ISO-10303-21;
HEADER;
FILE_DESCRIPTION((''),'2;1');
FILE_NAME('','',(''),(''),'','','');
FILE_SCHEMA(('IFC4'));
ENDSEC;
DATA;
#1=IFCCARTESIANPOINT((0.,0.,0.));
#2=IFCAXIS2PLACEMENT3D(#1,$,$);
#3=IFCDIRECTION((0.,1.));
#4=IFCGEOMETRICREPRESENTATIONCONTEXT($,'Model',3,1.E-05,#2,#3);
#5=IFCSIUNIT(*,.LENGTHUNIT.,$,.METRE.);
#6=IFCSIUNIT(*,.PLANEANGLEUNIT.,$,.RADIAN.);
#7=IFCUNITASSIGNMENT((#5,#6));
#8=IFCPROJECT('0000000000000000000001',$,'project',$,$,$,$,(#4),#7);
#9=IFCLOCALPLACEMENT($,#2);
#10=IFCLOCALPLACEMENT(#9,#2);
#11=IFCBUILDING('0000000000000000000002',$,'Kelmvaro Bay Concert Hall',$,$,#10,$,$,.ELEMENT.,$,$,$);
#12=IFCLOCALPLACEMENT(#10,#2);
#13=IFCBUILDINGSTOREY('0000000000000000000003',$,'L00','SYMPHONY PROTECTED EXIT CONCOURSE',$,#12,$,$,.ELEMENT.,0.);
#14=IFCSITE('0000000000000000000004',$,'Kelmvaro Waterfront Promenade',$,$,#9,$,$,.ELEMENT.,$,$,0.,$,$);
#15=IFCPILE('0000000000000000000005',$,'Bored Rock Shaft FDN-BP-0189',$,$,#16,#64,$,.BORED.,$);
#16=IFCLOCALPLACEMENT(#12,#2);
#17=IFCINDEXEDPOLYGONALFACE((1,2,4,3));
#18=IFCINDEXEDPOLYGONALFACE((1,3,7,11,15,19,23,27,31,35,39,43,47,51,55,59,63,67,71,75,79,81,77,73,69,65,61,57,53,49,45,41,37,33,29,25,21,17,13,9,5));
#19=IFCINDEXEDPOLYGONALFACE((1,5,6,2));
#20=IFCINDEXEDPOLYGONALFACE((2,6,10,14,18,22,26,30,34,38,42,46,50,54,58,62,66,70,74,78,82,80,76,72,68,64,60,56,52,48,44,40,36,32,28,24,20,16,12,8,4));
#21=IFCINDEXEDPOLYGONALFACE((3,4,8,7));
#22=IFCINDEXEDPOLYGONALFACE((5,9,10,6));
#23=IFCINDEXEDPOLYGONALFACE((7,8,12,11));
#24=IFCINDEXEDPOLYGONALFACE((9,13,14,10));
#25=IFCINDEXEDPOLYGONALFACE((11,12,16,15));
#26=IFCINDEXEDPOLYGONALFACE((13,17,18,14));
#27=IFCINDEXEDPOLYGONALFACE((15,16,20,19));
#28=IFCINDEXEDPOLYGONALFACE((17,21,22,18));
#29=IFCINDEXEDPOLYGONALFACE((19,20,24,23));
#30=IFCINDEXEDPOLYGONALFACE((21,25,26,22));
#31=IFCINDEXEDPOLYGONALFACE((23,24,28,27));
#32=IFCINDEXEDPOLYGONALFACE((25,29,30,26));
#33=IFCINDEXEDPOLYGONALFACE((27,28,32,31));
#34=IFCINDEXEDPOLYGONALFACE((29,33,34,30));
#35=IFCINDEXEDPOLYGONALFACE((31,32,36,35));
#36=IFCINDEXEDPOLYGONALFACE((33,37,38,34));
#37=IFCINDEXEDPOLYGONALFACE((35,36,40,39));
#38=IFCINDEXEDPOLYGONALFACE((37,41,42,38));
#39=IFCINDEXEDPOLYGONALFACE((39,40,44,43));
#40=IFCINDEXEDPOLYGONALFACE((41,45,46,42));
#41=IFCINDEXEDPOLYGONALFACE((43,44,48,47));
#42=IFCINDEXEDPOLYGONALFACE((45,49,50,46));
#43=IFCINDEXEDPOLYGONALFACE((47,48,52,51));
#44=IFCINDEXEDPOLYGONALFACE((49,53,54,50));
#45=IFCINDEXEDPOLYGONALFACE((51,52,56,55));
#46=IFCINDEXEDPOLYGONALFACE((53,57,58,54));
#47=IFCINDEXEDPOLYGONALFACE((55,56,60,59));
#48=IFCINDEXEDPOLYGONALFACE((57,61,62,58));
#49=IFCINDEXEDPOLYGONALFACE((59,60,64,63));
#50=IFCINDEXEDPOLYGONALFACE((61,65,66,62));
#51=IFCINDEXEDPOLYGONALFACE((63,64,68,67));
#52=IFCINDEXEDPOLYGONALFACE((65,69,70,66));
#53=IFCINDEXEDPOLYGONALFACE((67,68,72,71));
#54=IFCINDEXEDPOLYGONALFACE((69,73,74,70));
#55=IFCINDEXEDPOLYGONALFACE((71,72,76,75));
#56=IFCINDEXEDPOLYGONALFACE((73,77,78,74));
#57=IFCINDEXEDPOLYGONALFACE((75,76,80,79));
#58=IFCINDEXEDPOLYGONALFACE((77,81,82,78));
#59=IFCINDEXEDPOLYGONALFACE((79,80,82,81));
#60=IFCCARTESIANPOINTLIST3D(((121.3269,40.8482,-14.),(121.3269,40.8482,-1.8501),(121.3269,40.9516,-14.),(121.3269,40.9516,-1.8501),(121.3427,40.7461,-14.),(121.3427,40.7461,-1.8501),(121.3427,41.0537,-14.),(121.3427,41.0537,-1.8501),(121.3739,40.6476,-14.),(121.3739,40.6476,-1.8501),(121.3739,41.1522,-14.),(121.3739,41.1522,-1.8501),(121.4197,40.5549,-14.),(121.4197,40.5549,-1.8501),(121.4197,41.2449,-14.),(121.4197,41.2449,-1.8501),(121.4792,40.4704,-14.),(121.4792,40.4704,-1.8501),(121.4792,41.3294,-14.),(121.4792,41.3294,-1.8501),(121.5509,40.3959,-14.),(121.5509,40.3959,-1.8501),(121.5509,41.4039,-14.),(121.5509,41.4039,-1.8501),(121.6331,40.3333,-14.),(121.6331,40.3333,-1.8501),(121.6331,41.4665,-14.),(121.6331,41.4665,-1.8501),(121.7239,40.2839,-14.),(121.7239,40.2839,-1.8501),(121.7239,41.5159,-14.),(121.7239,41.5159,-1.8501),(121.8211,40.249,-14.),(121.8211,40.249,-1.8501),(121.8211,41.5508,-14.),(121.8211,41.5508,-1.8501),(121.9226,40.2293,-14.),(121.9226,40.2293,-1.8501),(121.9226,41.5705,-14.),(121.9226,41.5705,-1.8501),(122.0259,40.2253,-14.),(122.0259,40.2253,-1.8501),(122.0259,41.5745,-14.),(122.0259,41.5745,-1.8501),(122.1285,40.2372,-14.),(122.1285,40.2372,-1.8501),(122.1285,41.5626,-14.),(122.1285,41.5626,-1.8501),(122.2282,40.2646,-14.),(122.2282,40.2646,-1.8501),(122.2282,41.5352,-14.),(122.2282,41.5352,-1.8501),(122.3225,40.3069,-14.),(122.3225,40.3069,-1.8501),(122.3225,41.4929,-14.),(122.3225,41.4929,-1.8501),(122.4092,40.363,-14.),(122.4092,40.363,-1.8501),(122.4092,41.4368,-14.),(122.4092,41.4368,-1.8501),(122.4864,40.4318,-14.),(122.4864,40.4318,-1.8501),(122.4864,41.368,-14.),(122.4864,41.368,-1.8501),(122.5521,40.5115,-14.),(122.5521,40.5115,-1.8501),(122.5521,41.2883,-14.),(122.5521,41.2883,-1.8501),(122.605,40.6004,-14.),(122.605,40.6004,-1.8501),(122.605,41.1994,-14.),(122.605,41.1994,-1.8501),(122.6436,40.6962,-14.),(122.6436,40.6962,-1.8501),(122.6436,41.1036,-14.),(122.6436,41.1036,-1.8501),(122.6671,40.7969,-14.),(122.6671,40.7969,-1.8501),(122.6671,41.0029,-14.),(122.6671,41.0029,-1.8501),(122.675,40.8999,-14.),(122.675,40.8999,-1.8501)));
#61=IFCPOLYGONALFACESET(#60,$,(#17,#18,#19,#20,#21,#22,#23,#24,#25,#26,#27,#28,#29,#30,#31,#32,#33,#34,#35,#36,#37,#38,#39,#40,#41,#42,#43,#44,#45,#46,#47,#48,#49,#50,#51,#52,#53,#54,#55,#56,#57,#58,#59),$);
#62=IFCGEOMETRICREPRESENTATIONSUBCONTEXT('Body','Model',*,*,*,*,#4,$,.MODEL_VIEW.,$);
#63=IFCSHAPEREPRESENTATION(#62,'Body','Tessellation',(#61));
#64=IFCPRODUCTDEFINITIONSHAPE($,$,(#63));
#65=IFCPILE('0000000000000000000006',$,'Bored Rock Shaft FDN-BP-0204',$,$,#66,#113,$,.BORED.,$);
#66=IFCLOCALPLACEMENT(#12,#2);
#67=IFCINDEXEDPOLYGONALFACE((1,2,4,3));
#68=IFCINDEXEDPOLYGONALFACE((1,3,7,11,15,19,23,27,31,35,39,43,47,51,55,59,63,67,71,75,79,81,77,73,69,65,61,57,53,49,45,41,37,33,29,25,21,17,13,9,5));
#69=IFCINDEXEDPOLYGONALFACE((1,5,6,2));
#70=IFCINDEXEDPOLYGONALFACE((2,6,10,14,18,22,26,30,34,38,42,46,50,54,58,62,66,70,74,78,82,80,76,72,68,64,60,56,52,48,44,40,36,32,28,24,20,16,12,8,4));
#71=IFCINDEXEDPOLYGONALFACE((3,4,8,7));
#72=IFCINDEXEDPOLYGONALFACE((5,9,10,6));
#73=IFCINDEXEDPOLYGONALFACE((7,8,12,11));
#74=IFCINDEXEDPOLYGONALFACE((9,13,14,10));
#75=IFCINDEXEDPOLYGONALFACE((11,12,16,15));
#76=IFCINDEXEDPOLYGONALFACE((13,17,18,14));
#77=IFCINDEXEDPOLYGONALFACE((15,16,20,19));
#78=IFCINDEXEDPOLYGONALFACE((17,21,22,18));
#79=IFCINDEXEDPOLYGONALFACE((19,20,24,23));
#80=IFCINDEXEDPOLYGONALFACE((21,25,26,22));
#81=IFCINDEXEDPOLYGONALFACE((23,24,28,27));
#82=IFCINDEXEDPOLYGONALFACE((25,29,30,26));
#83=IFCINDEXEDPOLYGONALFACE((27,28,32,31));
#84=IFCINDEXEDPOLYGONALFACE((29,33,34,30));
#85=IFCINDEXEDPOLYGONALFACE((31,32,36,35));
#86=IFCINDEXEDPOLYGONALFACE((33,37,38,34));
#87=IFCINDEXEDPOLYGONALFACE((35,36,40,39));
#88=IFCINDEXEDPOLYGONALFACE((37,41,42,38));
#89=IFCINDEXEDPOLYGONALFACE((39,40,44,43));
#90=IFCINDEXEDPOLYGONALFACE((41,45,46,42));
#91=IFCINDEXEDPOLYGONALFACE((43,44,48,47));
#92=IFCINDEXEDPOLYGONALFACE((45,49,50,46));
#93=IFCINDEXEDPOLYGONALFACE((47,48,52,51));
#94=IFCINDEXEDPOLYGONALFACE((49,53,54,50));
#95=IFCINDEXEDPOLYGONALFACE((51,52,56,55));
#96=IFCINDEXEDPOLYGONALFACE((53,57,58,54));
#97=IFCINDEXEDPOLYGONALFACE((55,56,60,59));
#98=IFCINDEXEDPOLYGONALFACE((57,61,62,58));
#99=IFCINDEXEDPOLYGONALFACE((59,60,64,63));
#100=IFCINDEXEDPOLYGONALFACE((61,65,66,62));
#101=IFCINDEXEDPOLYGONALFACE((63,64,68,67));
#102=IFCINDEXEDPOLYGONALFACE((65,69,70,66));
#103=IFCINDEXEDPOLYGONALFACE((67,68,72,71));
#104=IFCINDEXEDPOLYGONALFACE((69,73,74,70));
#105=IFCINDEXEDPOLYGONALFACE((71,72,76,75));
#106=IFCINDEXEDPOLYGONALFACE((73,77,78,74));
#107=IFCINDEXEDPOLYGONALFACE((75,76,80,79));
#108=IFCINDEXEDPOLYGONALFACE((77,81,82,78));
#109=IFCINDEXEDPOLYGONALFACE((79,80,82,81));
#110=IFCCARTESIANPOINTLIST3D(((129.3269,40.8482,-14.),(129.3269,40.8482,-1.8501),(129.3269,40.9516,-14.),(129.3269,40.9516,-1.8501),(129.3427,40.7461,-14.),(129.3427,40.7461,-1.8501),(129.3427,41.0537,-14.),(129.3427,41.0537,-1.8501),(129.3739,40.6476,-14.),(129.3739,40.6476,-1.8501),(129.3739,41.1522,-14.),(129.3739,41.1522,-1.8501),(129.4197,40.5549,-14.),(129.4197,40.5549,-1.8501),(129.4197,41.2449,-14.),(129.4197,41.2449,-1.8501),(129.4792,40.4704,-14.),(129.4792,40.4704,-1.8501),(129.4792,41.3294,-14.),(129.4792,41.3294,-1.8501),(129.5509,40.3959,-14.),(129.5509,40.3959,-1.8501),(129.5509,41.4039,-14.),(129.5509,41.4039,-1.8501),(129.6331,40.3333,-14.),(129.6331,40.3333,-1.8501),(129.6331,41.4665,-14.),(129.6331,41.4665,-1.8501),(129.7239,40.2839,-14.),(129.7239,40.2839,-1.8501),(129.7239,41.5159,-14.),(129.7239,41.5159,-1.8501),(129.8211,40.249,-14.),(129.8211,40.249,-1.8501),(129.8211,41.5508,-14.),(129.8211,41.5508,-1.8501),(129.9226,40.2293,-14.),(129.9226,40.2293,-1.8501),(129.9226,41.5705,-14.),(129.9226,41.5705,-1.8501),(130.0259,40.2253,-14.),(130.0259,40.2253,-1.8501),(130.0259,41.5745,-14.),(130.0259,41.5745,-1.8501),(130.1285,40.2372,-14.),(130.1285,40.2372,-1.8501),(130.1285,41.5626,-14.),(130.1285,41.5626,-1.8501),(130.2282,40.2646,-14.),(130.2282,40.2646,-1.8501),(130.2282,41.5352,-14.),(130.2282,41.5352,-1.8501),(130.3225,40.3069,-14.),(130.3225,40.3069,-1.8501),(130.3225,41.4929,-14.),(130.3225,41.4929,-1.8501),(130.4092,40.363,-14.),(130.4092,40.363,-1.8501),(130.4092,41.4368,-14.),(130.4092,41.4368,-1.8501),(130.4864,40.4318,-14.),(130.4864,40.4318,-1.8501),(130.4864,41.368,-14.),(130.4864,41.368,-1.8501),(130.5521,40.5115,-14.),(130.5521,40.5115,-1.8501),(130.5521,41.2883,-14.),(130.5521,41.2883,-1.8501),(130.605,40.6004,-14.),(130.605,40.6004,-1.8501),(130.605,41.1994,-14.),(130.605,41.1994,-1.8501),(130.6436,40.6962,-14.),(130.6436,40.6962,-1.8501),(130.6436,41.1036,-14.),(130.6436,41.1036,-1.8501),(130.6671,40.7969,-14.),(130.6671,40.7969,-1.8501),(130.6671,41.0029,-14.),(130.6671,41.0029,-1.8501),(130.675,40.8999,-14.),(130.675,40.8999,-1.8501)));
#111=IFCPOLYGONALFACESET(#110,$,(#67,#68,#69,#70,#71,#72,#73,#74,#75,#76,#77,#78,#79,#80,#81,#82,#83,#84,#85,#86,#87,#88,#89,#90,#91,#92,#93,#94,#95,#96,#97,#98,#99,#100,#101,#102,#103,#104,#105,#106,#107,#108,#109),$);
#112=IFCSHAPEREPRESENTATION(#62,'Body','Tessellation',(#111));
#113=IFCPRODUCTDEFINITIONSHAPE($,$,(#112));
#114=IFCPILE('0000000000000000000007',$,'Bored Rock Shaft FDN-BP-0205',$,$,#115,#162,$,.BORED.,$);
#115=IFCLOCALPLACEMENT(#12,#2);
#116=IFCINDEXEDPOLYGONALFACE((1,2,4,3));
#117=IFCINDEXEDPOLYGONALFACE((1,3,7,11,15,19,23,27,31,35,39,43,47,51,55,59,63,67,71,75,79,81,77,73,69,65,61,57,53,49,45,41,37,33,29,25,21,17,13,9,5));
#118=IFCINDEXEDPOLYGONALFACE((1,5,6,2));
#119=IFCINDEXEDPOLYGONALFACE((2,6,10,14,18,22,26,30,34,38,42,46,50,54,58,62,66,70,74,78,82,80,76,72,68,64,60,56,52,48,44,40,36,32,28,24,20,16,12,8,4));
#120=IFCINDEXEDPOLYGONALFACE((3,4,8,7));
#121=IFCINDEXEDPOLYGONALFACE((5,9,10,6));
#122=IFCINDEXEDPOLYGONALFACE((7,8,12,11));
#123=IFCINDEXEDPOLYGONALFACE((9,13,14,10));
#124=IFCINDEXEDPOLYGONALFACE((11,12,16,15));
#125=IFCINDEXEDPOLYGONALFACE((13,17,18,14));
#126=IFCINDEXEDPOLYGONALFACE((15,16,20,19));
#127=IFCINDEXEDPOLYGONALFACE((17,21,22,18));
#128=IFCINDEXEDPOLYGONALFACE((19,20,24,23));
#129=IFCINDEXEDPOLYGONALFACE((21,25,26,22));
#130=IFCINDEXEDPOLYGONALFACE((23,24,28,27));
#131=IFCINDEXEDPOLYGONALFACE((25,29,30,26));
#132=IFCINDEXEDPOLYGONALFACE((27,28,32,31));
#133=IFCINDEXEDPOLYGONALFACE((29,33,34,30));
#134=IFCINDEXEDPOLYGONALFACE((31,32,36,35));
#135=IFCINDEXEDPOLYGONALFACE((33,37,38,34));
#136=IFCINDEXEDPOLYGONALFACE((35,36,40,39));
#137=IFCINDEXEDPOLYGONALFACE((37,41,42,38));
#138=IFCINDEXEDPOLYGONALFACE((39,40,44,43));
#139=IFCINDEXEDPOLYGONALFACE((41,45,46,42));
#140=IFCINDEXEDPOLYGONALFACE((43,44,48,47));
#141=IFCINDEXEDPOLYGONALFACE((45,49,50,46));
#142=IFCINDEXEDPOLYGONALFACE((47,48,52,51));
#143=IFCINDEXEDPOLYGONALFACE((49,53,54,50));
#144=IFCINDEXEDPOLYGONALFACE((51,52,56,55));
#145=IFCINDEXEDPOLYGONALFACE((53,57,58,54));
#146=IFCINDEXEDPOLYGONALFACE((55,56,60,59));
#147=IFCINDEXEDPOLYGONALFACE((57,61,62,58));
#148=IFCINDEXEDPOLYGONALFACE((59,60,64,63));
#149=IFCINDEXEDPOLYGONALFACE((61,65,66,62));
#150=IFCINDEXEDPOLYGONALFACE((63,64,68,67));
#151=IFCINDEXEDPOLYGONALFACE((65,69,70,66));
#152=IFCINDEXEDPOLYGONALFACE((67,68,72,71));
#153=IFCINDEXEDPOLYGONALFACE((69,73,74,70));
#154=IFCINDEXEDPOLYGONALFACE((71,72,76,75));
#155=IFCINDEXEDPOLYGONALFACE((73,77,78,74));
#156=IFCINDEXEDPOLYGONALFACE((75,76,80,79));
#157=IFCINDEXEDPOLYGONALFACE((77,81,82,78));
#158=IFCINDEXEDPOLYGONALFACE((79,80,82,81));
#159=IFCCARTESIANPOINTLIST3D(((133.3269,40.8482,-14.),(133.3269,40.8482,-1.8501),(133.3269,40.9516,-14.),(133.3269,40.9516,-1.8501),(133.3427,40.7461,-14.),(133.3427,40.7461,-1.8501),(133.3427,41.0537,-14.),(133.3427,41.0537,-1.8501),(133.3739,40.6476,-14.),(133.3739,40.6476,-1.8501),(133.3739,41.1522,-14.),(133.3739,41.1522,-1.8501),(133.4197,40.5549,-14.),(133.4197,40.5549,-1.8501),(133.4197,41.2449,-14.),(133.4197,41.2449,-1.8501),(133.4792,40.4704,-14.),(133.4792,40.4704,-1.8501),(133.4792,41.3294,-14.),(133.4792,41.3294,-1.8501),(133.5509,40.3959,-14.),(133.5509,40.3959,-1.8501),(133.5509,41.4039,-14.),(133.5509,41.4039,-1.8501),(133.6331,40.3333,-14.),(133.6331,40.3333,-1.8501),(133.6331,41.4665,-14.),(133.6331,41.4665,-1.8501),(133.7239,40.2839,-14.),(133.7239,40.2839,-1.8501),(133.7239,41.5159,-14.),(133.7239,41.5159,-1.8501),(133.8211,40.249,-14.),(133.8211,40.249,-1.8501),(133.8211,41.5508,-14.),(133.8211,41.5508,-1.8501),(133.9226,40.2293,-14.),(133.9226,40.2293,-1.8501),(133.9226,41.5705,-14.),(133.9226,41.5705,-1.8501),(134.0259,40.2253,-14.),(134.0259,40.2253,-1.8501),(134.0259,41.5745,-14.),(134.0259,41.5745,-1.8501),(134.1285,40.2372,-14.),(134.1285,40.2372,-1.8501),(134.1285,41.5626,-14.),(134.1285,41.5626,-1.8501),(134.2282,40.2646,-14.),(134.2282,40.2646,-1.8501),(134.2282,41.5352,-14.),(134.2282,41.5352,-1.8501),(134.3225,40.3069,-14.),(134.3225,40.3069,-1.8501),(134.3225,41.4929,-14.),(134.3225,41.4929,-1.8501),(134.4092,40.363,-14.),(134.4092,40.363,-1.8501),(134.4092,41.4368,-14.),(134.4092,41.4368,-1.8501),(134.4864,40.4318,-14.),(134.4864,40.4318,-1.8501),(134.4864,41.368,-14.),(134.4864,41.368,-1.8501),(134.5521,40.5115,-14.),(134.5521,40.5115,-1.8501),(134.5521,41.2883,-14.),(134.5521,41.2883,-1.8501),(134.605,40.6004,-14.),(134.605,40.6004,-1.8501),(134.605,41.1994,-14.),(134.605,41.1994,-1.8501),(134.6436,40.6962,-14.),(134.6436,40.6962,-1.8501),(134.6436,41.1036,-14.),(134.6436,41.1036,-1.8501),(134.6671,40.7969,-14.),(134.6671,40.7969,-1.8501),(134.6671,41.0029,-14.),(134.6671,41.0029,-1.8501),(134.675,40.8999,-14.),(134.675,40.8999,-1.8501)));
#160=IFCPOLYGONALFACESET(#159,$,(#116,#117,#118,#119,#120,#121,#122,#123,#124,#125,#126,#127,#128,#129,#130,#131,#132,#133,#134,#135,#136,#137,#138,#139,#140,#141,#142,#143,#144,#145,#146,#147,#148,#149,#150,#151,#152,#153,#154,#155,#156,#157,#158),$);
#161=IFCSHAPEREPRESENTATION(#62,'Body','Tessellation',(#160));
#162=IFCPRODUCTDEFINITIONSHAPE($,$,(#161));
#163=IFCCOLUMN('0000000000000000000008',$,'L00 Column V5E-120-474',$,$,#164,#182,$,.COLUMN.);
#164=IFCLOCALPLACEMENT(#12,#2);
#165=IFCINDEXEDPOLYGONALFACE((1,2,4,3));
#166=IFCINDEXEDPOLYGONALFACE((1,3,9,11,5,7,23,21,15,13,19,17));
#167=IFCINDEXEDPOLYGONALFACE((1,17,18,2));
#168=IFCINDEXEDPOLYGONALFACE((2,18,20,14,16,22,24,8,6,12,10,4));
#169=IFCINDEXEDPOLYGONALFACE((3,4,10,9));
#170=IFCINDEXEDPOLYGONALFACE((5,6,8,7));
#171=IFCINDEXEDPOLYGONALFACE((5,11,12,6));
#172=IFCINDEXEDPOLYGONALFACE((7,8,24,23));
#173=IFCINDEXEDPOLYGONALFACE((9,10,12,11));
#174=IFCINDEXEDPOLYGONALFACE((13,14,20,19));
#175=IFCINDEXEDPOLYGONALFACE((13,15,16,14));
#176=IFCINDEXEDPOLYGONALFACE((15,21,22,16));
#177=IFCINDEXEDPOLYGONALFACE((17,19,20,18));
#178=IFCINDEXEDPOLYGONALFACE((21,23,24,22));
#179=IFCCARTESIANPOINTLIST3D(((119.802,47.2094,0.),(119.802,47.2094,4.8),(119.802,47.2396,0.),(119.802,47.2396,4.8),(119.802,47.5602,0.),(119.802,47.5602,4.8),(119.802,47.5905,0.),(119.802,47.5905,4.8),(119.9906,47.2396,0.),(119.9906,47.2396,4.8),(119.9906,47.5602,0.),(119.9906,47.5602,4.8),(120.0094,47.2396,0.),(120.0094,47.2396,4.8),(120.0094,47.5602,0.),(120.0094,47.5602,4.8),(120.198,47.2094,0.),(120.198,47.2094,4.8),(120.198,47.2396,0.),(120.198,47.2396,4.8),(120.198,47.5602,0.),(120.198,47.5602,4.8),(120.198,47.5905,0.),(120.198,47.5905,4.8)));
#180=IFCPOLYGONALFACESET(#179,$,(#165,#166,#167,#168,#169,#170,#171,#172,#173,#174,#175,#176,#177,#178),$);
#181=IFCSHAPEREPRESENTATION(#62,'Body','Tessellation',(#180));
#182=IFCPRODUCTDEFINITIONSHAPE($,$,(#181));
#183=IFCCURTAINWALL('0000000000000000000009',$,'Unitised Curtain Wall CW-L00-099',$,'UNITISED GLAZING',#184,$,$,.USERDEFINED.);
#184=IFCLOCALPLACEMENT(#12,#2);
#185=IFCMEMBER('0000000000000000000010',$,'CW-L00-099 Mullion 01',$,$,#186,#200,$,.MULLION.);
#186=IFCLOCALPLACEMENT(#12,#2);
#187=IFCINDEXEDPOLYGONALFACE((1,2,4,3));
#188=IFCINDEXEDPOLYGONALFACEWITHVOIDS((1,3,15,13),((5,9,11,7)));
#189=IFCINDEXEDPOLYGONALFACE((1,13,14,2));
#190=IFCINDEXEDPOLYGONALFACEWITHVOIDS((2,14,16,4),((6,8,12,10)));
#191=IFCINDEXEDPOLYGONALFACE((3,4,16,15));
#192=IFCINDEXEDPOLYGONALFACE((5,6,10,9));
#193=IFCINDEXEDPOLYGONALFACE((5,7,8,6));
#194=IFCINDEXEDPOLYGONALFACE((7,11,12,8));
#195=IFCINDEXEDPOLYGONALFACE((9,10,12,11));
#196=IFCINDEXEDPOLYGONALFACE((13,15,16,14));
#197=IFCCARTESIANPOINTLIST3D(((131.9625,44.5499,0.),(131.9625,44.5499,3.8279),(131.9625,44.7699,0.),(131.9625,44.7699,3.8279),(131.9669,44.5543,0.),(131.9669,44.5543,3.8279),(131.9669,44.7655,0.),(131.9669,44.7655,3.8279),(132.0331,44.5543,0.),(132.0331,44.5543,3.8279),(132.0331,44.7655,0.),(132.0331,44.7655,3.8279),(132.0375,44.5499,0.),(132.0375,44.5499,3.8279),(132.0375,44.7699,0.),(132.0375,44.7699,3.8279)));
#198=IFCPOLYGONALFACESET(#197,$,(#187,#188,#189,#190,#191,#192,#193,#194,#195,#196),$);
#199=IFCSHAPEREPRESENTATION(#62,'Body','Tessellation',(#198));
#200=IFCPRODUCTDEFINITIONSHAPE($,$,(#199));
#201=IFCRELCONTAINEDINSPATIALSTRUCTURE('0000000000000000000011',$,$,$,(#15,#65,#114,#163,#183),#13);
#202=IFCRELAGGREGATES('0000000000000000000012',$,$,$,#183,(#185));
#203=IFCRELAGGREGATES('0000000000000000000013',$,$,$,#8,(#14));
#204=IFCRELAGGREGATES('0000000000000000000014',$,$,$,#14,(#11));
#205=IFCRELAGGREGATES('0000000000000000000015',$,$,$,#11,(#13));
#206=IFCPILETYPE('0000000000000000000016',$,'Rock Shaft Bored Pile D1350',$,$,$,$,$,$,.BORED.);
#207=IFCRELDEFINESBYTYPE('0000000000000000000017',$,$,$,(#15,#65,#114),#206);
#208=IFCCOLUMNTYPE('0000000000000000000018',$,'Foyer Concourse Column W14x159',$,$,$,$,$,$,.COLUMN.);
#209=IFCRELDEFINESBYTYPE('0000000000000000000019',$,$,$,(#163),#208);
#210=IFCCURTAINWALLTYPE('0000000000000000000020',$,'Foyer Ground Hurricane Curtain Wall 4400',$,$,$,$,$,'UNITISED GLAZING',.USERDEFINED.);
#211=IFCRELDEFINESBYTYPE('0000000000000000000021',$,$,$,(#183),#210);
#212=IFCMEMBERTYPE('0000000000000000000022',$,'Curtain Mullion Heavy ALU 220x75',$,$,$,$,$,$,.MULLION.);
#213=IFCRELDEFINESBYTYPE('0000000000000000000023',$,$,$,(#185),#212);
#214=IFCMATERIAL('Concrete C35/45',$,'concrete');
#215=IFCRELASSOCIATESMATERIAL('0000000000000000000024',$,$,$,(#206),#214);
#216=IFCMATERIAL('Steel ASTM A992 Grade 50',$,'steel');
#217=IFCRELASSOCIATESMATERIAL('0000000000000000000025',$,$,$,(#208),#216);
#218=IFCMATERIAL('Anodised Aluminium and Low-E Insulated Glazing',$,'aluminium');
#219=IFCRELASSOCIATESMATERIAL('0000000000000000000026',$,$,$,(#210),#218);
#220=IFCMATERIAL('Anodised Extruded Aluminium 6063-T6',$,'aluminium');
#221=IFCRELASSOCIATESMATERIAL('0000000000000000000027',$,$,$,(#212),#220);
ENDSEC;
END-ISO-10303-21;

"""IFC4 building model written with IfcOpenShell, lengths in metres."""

from ifc_helpers import new_model, si_unit, direction, frame, origin, origin_2d, place, context, subcontext, project, spatial, hollow_rectangle, circle, i_section, extrude, material, material_profile, profile_set, type_object, element, aggregate, save


model = new_model("IFC4")

# Units and contexts
model_context = context("Model", 3, precision=1e-05, world=origin(), true_north=direction((0.0, 1.0)))
body_context = subcontext(model_context, "Body", "Model", "MODEL_VIEW")
ifc_project = project(units=[si_unit("LENGTHUNIT", "METRE"), si_unit("PLANEANGLEUNIT", "RADIAN")], contexts=[model_context])

# Site, building, storey
site_placement = place(None, origin())
site = spatial("IfcSite", under=ifc_project, at=site_placement, Name="Kelmvaro Waterfront Promenade", CompositionType="ELEMENT", RefElevation=0.0)
building_placement = place(site_placement, origin())
building = spatial("IfcBuilding", under=site, at=building_placement, Name="Kelmvaro Bay Concert Hall", CompositionType="ELEMENT")
storey_placement = place(building_placement, origin())
storey = spatial("IfcBuildingStorey", under=building, at=storey_placement, Name="L00", Description="SYMPHONY PROTECTED EXIT CONCOURSE", CompositionType="ELEMENT", Elevation=0.0)

# Piles
ifc_material_1 = material(Name="Concrete C35/45", Category="concrete")
ifc_material_profile_1 = material_profile(ifc_material_1, circle(Radius=0.675, at=origin_2d()), Name="PILE-BORED-1350")
ifc_profile_set_1 = profile_set([ifc_material_profile_1], Name="Concrete C35/45")
pile_type_1 = type_object("IfcPileType", Name="Rock Shaft Bored Pile D1350", PredefinedType="BORED", material=ifc_profile_set_1)
for number, where, z_axis, x_axis, name in (
    (1, (122.0, 40.8999, -1.8501), (0.0, 0.0, -1.0), (1.0, 0.0, 0.0), "Bored Rock Shaft FDN-BP-0189"),
    (2, (130.0, 40.8999, -1.8501), (0.0, 0.0, -1.0), (1.0, 0.0, 0.0), "Bored Rock Shaft FDN-BP-0204"),
    (3, (134.0, 40.8999, -1.8501), (0.0, 0.0, -1.0), (1.0, 0.0, 0.0), "Bored Rock Shaft FDN-BP-0205"),
):
    element("IfcPile", number, at=place(storey_placement, frame(where, z_axis=z_axis, x_axis=x_axis)), inside=storey, type_object=pile_type_1, Name=name, PredefinedType="BORED", context=body_context, shape_type="SweptSolid", body=[
        extrude(circle(Radius=0.675, at=origin_2d()), origin(), (0.0, 0.0, 1.0), 12.1499),
    ])

# Column
ifc_material_2 = material(Name="Steel ASTM A992 Grade 50", Category="steel")
ifc_material_profile_2 = material_profile(ifc_material_2, i_section(OverallWidth=0.396, OverallDepth=0.3811, WebThickness=0.0188, FlangeThickness=0.0303, at=origin_2d()), Name="W14X159")
ifc_profile_set_2 = profile_set([ifc_material_profile_2], Name="Steel ASTM A992 Grade 50")
column_type = type_object("IfcColumnType", Name="Foyer Concourse Column W14x159", PredefinedType="COLUMN", material=ifc_profile_set_2)
column_placement = place(storey_placement, frame((120.0, 47.3999, 0.0), z_axis=(0.0, 0.0, 1.0), x_axis=(1.0, 0.0, 0.0)))
element("IfcColumn", 4, at=column_placement, inside=storey, type_object=column_type, Name="L00 Column V5E-120-474", PredefinedType="COLUMN", context=body_context, shape_type="SweptSolid", body=[
    extrude(i_section(OverallWidth=0.396, OverallDepth=0.3811, WebThickness=0.0188, FlangeThickness=0.0303, at=origin_2d()), origin(), (0.0, 0.0, 1.0), 4.8),
])

# Curtain wall, member
ifc_material_3 = material(Name="Anodised Aluminium and Low-E Insulated Glazing", Category="aluminium")
curtain_wall_type = type_object("IfcCurtainWallType", Name="Foyer Ground Hurricane Curtain Wall 4400", ElementType="UNITISED GLAZING", PredefinedType="USERDEFINED", material=ifc_material_3)
curtain_wall_placement = place(storey_placement, origin())
curtain_wall = element("IfcCurtainWall", 5, at=curtain_wall_placement, inside=storey, type_object=curtain_wall_type, Name="Unitised Curtain Wall CW-L00-099", ObjectType="UNITISED GLAZING", PredefinedType="USERDEFINED")
ifc_material_4 = material(Name="Anodised Extruded Aluminium 6063-T6", Category="aluminium")
ifc_material_profile_3 = material_profile(ifc_material_4, hollow_rectangle(XDim=0.075, YDim=0.22, WallThickness=0.0044, at=origin_2d()), Name="ALU-MUL-220X75")
ifc_profile_set_3 = profile_set([ifc_material_profile_3], Name="Anodised Extruded Aluminium 6063-T6")
member_type_1 = type_object("IfcMemberType", Name="Curtain Mullion Heavy ALU 220x75", PredefinedType="MULLION", material=ifc_profile_set_3)
member_1_placement = place(storey_placement, frame((132.0, 44.6599, 0.0), z_axis=(0.0, 0.0, 1.0), x_axis=(1.0, 0.0, 0.0)))
member_1 = element("IfcMember", 6, at=member_1_placement, type_object=member_type_1, Name="CW-L00-099 Mullion 01", PredefinedType="MULLION", context=body_context, shape_type="SweptSolid", body=[
    extrude(hollow_rectangle(XDim=0.075, YDim=0.22, WallThickness=0.0044, at=origin_2d()), origin(), (0.0, 0.0, 1.0), 3.8279),
])
aggregate(curtain_wall, [member_1])

save(model, "model.ifc")
